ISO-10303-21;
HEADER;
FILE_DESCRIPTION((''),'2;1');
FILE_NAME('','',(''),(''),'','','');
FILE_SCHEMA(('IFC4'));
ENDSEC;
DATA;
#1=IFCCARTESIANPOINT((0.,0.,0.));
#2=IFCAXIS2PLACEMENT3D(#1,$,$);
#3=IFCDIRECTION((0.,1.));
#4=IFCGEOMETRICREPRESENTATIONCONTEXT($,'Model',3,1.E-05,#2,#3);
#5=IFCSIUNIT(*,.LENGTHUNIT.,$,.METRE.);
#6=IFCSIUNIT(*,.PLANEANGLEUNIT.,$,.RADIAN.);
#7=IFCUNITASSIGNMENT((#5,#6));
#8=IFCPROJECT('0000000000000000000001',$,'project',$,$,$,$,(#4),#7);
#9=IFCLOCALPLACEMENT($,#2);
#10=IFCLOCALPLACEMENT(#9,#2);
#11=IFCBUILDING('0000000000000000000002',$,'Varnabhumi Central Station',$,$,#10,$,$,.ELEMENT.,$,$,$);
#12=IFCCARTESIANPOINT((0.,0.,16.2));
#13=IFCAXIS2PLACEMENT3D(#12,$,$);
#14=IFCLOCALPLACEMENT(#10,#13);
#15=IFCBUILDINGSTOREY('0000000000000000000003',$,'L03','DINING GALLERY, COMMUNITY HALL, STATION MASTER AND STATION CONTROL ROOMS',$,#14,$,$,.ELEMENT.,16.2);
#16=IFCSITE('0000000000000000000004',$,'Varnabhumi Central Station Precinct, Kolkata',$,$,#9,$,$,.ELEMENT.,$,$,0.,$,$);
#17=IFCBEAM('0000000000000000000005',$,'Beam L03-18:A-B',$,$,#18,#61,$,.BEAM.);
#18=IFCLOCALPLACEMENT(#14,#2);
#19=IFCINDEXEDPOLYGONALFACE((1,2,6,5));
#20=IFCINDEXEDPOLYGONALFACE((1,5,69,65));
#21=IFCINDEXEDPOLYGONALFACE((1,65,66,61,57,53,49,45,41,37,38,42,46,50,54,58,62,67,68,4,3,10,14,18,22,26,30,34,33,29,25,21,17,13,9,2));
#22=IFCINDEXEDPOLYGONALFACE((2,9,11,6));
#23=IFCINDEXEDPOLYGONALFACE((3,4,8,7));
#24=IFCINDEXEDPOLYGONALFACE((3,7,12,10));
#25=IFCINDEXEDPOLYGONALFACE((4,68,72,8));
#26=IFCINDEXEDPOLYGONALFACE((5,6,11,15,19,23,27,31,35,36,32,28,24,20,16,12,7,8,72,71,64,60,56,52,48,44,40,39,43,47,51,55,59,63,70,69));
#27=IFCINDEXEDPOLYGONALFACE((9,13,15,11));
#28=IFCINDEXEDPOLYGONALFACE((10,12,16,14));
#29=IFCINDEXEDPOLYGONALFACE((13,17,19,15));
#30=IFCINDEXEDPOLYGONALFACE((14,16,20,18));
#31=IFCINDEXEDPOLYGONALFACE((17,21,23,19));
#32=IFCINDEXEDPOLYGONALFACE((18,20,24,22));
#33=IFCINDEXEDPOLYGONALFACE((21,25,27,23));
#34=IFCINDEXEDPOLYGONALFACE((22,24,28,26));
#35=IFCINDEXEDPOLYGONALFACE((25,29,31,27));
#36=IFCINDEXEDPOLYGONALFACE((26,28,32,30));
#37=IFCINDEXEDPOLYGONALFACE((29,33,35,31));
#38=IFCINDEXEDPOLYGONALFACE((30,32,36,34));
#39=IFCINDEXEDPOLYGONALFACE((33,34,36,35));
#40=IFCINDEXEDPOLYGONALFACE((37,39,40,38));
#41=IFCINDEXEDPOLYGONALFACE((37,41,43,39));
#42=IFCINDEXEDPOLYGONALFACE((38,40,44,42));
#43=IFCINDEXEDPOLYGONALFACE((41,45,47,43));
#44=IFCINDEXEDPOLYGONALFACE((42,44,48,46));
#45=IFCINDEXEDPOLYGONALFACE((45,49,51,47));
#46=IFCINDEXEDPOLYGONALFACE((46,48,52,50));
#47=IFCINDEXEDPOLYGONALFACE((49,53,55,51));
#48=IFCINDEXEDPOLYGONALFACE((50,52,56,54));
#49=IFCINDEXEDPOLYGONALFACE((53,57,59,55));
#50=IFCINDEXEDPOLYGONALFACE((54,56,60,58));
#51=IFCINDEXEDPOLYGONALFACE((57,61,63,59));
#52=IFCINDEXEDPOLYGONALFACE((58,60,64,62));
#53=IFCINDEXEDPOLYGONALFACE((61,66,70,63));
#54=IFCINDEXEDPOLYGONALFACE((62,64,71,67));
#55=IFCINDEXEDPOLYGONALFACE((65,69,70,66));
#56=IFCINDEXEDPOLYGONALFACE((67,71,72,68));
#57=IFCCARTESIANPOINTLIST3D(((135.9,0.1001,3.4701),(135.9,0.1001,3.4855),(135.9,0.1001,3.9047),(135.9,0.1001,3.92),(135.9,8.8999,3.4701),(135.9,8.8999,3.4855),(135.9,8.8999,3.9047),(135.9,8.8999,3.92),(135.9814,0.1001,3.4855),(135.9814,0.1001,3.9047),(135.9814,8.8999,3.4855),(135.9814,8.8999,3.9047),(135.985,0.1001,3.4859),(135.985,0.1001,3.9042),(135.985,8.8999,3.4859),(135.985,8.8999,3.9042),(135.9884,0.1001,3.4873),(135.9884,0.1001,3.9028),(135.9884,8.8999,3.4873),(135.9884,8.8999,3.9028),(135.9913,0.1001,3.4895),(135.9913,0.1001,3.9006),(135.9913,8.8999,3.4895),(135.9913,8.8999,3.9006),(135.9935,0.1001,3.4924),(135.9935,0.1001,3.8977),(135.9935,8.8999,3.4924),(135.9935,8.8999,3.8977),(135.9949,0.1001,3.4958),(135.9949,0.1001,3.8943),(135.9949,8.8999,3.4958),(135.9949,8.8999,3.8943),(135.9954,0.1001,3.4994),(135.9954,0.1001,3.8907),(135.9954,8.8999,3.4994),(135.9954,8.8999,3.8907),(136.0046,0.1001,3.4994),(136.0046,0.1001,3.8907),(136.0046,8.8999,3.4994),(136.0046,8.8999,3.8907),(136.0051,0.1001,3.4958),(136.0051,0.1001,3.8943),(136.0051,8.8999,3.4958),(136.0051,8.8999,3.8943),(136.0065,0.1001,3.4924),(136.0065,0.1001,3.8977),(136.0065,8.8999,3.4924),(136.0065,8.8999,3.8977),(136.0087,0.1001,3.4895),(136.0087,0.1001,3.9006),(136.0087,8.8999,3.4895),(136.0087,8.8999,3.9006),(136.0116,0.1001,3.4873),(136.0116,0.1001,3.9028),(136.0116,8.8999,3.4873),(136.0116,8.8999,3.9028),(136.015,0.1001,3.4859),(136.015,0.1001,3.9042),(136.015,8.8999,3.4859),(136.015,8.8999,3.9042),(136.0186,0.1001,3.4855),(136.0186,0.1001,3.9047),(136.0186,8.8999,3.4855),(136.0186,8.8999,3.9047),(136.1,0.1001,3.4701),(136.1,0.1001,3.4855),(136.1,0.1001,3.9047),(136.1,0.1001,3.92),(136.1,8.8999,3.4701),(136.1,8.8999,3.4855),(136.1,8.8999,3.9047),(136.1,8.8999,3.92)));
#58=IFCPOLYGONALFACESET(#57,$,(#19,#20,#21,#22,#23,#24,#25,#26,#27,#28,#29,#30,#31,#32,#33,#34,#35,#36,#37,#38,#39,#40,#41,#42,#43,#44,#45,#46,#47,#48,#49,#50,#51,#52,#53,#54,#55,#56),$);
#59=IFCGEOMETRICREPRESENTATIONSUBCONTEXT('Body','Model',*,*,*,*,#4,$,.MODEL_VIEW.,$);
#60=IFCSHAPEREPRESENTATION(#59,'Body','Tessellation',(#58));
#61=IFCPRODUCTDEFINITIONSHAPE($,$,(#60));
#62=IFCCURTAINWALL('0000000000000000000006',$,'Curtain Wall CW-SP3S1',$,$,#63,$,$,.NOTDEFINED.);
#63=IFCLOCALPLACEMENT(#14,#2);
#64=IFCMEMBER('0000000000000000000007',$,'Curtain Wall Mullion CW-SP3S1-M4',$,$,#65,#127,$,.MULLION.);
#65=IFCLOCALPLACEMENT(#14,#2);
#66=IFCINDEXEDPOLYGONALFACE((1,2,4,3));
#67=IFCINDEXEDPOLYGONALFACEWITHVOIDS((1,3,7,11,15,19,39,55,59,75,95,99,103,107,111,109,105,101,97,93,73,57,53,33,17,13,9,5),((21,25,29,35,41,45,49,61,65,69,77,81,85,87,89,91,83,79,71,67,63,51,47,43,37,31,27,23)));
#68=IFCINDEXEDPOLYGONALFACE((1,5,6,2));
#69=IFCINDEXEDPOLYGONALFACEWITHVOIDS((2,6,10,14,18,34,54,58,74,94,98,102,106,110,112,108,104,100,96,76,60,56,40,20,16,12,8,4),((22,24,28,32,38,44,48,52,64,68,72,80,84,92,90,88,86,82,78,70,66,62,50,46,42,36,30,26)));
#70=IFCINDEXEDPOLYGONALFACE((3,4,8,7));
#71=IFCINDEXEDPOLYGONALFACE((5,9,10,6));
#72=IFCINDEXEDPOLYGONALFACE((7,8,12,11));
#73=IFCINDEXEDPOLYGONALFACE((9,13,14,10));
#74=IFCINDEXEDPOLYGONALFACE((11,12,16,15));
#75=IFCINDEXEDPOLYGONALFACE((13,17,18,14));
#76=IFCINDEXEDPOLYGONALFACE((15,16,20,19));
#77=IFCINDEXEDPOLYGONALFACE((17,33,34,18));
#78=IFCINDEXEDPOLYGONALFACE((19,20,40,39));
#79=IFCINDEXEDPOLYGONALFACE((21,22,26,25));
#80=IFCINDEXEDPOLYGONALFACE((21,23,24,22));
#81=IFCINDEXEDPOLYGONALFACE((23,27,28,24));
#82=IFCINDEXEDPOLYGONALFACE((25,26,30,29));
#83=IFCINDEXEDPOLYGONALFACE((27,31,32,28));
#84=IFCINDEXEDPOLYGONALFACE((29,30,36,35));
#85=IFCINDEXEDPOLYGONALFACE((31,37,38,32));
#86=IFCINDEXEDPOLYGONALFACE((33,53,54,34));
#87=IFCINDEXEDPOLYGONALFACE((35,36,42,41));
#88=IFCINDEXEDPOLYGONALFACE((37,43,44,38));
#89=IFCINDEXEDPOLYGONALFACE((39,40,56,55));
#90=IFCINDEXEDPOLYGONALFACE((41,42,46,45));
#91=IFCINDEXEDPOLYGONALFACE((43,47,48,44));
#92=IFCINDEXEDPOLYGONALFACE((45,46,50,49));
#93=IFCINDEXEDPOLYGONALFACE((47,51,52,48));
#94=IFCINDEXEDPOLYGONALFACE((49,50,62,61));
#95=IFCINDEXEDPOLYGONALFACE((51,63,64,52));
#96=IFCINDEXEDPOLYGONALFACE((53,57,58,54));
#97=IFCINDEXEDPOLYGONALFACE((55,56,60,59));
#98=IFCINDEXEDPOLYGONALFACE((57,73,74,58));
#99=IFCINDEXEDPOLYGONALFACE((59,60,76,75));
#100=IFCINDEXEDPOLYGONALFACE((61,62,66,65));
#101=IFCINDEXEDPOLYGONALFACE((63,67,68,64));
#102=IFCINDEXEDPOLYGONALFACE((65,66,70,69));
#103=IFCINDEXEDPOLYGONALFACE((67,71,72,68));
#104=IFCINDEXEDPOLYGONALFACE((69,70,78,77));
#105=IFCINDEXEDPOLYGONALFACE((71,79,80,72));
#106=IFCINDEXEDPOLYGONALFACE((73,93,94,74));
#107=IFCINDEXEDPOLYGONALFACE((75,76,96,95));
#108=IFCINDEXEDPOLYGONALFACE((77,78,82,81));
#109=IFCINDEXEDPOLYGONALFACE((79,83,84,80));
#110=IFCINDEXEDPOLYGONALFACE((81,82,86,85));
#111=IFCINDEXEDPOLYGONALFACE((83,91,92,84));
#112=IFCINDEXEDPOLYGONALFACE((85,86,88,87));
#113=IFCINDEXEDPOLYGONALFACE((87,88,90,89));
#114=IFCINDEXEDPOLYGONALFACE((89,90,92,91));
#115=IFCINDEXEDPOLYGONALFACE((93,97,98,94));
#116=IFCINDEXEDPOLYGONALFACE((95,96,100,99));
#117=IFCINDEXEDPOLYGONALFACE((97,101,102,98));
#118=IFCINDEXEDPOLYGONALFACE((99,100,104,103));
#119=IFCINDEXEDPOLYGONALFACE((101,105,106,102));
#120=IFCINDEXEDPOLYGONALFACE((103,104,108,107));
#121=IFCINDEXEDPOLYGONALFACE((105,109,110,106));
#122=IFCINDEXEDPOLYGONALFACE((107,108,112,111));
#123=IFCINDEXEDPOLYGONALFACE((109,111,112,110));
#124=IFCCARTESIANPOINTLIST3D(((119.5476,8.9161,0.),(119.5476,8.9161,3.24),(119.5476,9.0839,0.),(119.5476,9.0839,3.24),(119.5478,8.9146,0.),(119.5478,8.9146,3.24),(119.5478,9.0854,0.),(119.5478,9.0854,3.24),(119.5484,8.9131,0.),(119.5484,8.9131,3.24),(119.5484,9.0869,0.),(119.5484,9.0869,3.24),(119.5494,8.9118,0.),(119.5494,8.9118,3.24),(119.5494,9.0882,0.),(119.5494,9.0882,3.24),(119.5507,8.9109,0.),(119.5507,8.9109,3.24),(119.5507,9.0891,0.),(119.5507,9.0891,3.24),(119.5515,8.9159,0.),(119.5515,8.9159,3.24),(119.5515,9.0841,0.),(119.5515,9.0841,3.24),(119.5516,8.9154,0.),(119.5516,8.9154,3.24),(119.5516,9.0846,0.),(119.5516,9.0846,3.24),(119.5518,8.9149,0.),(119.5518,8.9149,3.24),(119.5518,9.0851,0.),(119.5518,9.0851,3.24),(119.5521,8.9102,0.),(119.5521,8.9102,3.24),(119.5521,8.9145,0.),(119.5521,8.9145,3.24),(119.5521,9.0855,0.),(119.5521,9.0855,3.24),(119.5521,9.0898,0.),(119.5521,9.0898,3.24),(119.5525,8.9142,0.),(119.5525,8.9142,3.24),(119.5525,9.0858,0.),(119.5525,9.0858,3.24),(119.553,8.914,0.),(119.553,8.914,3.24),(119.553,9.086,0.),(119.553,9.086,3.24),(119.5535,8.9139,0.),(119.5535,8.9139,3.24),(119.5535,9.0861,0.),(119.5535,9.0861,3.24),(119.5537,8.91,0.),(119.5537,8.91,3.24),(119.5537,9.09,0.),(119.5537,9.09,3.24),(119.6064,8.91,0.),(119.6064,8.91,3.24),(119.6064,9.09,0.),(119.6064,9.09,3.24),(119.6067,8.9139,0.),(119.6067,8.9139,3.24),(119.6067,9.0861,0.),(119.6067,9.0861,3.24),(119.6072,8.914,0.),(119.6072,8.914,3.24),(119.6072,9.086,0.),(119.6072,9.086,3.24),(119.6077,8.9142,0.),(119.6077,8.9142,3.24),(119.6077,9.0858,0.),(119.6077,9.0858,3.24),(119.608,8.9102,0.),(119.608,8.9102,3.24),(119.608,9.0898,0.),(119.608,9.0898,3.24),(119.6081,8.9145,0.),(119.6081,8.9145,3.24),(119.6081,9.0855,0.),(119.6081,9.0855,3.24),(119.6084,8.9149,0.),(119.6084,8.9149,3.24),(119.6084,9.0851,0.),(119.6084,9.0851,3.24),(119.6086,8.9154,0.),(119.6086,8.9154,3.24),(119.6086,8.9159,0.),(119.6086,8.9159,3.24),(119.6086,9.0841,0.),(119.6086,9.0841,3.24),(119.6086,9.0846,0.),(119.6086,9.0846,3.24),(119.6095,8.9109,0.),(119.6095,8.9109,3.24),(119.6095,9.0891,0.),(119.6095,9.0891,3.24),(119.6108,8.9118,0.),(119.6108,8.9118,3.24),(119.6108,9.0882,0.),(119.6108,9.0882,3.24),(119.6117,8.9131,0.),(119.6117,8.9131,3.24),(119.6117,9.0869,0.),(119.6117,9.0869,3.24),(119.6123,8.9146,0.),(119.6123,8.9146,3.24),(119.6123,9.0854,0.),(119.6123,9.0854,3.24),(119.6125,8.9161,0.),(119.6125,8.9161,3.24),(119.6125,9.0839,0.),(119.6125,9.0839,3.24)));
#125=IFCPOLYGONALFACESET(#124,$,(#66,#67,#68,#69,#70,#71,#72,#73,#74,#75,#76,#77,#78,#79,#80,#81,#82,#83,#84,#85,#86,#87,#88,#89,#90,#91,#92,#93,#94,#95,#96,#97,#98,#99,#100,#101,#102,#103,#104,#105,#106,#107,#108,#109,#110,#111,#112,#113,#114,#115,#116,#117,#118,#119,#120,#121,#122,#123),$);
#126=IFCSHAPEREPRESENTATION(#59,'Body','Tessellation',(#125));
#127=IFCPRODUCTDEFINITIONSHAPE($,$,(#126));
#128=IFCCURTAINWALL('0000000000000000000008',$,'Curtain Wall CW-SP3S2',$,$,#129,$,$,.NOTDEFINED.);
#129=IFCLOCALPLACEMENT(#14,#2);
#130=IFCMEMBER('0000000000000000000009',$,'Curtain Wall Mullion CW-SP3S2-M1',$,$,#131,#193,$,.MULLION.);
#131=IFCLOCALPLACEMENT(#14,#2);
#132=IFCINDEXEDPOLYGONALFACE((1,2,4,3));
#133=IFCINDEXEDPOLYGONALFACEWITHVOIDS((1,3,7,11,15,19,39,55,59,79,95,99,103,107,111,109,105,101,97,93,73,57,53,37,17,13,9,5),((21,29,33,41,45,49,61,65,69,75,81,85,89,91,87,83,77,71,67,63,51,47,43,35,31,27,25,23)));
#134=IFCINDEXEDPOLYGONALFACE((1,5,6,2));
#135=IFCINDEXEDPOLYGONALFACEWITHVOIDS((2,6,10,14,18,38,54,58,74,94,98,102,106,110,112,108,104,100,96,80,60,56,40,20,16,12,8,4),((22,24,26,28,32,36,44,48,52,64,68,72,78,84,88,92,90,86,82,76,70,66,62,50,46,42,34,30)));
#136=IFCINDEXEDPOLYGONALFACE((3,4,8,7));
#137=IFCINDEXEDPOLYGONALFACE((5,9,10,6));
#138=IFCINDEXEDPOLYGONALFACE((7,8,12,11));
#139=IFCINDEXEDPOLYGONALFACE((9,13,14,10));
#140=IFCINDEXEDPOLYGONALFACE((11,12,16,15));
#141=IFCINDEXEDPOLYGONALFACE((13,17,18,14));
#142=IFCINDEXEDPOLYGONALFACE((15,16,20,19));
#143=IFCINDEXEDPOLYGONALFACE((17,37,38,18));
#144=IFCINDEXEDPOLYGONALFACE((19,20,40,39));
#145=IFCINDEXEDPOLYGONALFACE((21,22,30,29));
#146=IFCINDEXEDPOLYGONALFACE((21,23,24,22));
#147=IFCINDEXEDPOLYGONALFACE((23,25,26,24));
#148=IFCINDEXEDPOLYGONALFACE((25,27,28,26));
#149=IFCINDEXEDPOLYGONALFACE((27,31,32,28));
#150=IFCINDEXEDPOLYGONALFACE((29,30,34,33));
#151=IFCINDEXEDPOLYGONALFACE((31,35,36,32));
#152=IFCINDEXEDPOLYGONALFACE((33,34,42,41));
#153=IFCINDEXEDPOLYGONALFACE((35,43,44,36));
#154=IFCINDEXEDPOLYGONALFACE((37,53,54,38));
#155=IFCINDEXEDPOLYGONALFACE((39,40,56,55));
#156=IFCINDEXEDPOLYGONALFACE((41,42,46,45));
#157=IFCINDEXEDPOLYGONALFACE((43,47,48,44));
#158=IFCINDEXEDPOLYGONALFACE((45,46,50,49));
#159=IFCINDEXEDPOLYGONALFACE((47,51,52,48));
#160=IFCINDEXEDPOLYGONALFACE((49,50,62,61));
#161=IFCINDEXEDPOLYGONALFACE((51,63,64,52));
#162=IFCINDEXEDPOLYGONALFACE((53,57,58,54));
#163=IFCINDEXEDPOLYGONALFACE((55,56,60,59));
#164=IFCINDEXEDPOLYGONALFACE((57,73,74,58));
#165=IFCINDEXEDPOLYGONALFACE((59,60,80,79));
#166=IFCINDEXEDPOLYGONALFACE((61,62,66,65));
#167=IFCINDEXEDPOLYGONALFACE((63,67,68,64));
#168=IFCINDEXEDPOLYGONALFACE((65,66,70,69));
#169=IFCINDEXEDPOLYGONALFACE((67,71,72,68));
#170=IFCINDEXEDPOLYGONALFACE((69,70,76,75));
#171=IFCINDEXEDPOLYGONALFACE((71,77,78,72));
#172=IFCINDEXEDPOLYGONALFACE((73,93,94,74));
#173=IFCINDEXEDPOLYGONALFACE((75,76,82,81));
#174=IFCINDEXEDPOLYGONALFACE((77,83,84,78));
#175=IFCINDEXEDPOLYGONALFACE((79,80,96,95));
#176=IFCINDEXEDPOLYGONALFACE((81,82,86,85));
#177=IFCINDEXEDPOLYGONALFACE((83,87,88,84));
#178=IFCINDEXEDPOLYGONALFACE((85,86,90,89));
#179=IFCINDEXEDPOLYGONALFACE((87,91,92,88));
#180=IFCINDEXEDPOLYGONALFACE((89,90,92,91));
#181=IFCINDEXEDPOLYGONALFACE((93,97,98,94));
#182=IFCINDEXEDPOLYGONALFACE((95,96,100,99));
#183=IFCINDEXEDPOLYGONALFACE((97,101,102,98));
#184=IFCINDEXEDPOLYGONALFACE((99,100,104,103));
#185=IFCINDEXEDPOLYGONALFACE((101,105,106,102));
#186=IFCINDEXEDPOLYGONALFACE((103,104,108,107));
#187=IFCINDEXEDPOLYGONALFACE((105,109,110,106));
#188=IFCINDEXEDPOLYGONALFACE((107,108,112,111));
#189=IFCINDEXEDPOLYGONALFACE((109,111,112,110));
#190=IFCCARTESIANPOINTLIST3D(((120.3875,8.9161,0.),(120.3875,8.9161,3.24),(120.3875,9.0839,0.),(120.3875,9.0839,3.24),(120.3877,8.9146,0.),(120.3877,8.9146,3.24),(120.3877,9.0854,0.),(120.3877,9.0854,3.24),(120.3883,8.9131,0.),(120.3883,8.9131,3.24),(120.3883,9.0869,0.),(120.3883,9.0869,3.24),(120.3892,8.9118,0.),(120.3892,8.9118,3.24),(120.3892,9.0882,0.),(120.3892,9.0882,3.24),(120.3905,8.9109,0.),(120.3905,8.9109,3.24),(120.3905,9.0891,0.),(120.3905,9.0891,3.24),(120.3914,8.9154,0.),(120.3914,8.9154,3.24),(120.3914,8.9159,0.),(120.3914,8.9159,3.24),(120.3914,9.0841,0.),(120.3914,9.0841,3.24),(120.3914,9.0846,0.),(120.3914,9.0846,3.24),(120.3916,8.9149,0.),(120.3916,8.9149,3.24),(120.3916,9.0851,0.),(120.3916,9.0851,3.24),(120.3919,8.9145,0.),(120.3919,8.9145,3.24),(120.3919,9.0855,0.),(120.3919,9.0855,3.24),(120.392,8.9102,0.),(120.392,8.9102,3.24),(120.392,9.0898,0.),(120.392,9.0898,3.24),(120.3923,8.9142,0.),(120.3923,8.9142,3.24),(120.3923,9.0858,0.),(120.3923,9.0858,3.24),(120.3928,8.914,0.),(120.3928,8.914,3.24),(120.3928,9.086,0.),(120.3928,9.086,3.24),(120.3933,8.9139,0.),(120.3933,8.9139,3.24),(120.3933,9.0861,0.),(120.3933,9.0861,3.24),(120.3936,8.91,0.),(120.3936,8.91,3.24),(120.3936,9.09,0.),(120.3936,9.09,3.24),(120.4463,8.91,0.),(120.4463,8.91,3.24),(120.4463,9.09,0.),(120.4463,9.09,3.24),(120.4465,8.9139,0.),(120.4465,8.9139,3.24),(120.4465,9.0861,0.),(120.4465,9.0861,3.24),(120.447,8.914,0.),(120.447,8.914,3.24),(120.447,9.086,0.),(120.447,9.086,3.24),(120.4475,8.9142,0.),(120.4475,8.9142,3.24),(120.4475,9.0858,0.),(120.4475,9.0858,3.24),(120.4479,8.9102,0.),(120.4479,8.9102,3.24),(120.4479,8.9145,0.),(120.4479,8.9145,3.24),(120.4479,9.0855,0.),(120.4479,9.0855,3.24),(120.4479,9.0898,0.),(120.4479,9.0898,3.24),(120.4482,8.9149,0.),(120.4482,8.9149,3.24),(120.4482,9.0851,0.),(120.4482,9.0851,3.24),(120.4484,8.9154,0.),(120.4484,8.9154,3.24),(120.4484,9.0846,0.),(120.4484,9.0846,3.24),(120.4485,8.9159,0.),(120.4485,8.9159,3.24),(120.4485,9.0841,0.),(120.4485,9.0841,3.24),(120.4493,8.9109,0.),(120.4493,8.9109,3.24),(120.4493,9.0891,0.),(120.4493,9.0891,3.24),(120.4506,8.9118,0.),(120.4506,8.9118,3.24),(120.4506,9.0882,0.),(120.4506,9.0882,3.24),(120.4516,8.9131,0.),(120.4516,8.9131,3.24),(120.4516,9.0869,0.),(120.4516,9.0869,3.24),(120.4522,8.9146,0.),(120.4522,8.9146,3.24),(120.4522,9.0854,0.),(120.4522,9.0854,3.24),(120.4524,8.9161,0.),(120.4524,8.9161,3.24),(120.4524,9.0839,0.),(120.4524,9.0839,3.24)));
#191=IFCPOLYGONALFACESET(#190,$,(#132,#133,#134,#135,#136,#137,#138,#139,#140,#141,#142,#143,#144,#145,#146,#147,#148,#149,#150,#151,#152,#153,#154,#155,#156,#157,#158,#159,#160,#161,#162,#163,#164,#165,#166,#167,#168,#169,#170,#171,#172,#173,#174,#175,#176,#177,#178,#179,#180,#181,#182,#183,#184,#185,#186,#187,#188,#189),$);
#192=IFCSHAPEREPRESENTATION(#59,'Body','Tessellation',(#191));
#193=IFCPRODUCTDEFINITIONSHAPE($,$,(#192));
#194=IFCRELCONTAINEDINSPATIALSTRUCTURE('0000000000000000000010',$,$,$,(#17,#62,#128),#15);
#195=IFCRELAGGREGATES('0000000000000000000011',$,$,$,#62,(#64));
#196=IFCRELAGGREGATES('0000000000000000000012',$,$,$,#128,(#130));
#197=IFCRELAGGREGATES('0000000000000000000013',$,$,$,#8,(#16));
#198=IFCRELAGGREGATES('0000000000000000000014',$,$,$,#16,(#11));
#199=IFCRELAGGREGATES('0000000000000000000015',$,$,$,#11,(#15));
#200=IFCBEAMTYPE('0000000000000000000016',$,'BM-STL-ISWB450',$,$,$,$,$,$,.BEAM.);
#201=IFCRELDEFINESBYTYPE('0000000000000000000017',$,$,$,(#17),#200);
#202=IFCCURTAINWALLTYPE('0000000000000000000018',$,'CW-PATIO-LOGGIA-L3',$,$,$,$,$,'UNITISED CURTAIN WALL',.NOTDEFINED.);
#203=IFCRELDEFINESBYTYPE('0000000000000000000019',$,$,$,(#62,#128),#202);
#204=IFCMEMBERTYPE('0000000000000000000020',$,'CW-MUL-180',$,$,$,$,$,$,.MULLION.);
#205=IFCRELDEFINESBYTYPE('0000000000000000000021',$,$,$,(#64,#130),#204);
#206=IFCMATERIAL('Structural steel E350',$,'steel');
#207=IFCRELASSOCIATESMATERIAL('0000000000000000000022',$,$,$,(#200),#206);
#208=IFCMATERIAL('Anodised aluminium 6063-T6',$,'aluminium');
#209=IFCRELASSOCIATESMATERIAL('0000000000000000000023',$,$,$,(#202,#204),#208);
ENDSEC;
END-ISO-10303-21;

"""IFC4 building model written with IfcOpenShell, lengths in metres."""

from ifc_helpers import new_model, si_unit, direction, frame, origin, origin_2d, place, context, subcontext, project, spatial, hollow_rectangle, i_section, extrude, material, material_profile, profile_set, type_object, element, aggregate, save


model = new_model("IFC4")

# Units and contexts
model_context = context("Model", 3, precision=1e-05, world=origin(), true_north=direction((0.0, 1.0)))
body_context = subcontext(model_context, "Body", "Model", "MODEL_VIEW")
ifc_project = project(units=[si_unit("LENGTHUNIT", "METRE"), si_unit("PLANEANGLEUNIT", "RADIAN")], contexts=[model_context])

# Site, building, storey
site_placement = place(None, origin())
site = spatial("IfcSite", under=ifc_project, at=site_placement, Name="Varnabhumi Central Station Precinct, Kolkata", CompositionType="ELEMENT", RefElevation=0.0)
building_placement = place(site_placement, origin())
building = spatial("IfcBuilding", under=site, at=building_placement, Name="Varnabhumi Central Station", CompositionType="ELEMENT")
storey_placement = place(building_placement, frame((0.0, 0.0, 16.2)))
storey = spatial("IfcBuildingStorey", under=building, at=storey_placement, Name="L03", Description="DINING GALLERY, COMMUNITY HALL, STATION MASTER AND STATION CONTROL ROOMS", CompositionType="ELEMENT", Elevation=16.2)

# Beam
ifc_material_1 = material(Name="Structural steel E350", Category="steel")
ifc_material_profile_1 = material_profile(ifc_material_1, i_section(OverallWidth=0.2, OverallDepth=0.45, WebThickness=0.0093, FlangeThickness=0.0154, FilletRadius=0.0139, at=origin_2d()), Name="Structural steel E350", Category="steel")
ifc_profile_set_1 = profile_set([ifc_material_profile_1], Name="Structural steel E350")
beam_type_1 = type_object("IfcBeamType", Name="BM-STL-ISWB450", PredefinedType="BEAM", material=ifc_profile_set_1)
for number, where, z_axis, x_axis, name in (
    (1, (136.0, 0.1001, 3.6951), (0.0, 1.0, 0.0), (-1.0, 0.0, 0.0), "Beam L03-18:A-B"),
):
    element("IfcBeam", number, at=place(storey_placement, frame(where, z_axis=z_axis, x_axis=x_axis)), inside=storey, type_object=beam_type_1, Name=name, PredefinedType="BEAM", context=body_context, shape_type="SweptSolid", body=[
        extrude(i_section(OverallWidth=0.2, OverallDepth=0.45, WebThickness=0.0093, FlangeThickness=0.0154, FilletRadius=0.0139, at=origin_2d()), origin(), (0.0, 0.0, 1.0), 8.7998),
    ])

# Curtain wall, member
ifc_material_2 = material(Name="Anodised aluminium 6063-T6", Category="aluminium")
curtain_wall_type = type_object("IfcCurtainWallType", Name="CW-PATIO-LOGGIA-L3", ElementType="UNITISED CURTAIN WALL", PredefinedType="NOTDEFINED", material=ifc_material_2)
curtain_wall_1_placement = place(storey_placement, origin())
curtain_wall_1 = element("IfcCurtainWall", 2, at=curtain_wall_1_placement, inside=storey, type_object=curtain_wall_type, Name="Curtain Wall CW-SP3S1", PredefinedType="NOTDEFINED")
ifc_material_profile_2 = material_profile(ifc_material_2, hollow_rectangle(XDim=0.0649, YDim=0.1799, WallThickness=0.0039, InnerFilletRadius=0.002, OuterFilletRadius=0.0061, at=origin_2d()), Name="Anodised aluminium 6063-T6", Category="aluminium")
ifc_profile_set_2 = profile_set([ifc_material_profile_2], Name="Anodised aluminium 6063-T6")
member_type_1 = type_object("IfcMemberType", Name="CW-MUL-180", PredefinedType="MULLION", material=ifc_profile_set_2)
member_1_placement = place(storey_placement, frame((119.5801, 9.0, 0.0), z_axis=(0.0, 0.0, 1.0), x_axis=(1.0, 0.0, 0.0)))
member_1 = element("IfcMember", 3, at=member_1_placement, type_object=member_type_1, Name="Curtain Wall Mullion CW-SP3S1-M4", PredefinedType="MULLION", context=body_context, shape_type="SweptSolid", body=[
    extrude(hollow_rectangle(XDim=0.0649, YDim=0.1799, WallThickness=0.0039, InnerFilletRadius=0.002, OuterFilletRadius=0.0061, at=origin_2d()), origin(), (0.0, 0.0, 1.0), 3.24),
])
aggregate(curtain_wall_1, [member_1])

# Curtain wall, member
curtain_wall_2_placement = place(storey_placement, origin())
curtain_wall_2 = element("IfcCurtainWall", 4, at=curtain_wall_2_placement, inside=storey, type_object=curtain_wall_type, Name="Curtain Wall CW-SP3S2", PredefinedType="NOTDEFINED")
member_2_placement = place(storey_placement, frame((120.4199, 9.0, 0.0), z_axis=(0.0, 0.0, 1.0), x_axis=(1.0, 0.0, 0.0)))
member_2 = element("IfcMember", 5, at=member_2_placement, type_object=member_type_1, Name="Curtain Wall Mullion CW-SP3S2-M1", PredefinedType="MULLION", context=body_context, shape_type="SweptSolid", body=[
    extrude(hollow_rectangle(XDim=0.0649, YDim=0.1799, WallThickness=0.0039, InnerFilletRadius=0.002, OuterFilletRadius=0.0061, at=origin_2d()), origin(), (0.0, 0.0, 1.0), 3.24),
])
aggregate(curtain_wall_2, [member_2])

save(model, "model.ifc")
